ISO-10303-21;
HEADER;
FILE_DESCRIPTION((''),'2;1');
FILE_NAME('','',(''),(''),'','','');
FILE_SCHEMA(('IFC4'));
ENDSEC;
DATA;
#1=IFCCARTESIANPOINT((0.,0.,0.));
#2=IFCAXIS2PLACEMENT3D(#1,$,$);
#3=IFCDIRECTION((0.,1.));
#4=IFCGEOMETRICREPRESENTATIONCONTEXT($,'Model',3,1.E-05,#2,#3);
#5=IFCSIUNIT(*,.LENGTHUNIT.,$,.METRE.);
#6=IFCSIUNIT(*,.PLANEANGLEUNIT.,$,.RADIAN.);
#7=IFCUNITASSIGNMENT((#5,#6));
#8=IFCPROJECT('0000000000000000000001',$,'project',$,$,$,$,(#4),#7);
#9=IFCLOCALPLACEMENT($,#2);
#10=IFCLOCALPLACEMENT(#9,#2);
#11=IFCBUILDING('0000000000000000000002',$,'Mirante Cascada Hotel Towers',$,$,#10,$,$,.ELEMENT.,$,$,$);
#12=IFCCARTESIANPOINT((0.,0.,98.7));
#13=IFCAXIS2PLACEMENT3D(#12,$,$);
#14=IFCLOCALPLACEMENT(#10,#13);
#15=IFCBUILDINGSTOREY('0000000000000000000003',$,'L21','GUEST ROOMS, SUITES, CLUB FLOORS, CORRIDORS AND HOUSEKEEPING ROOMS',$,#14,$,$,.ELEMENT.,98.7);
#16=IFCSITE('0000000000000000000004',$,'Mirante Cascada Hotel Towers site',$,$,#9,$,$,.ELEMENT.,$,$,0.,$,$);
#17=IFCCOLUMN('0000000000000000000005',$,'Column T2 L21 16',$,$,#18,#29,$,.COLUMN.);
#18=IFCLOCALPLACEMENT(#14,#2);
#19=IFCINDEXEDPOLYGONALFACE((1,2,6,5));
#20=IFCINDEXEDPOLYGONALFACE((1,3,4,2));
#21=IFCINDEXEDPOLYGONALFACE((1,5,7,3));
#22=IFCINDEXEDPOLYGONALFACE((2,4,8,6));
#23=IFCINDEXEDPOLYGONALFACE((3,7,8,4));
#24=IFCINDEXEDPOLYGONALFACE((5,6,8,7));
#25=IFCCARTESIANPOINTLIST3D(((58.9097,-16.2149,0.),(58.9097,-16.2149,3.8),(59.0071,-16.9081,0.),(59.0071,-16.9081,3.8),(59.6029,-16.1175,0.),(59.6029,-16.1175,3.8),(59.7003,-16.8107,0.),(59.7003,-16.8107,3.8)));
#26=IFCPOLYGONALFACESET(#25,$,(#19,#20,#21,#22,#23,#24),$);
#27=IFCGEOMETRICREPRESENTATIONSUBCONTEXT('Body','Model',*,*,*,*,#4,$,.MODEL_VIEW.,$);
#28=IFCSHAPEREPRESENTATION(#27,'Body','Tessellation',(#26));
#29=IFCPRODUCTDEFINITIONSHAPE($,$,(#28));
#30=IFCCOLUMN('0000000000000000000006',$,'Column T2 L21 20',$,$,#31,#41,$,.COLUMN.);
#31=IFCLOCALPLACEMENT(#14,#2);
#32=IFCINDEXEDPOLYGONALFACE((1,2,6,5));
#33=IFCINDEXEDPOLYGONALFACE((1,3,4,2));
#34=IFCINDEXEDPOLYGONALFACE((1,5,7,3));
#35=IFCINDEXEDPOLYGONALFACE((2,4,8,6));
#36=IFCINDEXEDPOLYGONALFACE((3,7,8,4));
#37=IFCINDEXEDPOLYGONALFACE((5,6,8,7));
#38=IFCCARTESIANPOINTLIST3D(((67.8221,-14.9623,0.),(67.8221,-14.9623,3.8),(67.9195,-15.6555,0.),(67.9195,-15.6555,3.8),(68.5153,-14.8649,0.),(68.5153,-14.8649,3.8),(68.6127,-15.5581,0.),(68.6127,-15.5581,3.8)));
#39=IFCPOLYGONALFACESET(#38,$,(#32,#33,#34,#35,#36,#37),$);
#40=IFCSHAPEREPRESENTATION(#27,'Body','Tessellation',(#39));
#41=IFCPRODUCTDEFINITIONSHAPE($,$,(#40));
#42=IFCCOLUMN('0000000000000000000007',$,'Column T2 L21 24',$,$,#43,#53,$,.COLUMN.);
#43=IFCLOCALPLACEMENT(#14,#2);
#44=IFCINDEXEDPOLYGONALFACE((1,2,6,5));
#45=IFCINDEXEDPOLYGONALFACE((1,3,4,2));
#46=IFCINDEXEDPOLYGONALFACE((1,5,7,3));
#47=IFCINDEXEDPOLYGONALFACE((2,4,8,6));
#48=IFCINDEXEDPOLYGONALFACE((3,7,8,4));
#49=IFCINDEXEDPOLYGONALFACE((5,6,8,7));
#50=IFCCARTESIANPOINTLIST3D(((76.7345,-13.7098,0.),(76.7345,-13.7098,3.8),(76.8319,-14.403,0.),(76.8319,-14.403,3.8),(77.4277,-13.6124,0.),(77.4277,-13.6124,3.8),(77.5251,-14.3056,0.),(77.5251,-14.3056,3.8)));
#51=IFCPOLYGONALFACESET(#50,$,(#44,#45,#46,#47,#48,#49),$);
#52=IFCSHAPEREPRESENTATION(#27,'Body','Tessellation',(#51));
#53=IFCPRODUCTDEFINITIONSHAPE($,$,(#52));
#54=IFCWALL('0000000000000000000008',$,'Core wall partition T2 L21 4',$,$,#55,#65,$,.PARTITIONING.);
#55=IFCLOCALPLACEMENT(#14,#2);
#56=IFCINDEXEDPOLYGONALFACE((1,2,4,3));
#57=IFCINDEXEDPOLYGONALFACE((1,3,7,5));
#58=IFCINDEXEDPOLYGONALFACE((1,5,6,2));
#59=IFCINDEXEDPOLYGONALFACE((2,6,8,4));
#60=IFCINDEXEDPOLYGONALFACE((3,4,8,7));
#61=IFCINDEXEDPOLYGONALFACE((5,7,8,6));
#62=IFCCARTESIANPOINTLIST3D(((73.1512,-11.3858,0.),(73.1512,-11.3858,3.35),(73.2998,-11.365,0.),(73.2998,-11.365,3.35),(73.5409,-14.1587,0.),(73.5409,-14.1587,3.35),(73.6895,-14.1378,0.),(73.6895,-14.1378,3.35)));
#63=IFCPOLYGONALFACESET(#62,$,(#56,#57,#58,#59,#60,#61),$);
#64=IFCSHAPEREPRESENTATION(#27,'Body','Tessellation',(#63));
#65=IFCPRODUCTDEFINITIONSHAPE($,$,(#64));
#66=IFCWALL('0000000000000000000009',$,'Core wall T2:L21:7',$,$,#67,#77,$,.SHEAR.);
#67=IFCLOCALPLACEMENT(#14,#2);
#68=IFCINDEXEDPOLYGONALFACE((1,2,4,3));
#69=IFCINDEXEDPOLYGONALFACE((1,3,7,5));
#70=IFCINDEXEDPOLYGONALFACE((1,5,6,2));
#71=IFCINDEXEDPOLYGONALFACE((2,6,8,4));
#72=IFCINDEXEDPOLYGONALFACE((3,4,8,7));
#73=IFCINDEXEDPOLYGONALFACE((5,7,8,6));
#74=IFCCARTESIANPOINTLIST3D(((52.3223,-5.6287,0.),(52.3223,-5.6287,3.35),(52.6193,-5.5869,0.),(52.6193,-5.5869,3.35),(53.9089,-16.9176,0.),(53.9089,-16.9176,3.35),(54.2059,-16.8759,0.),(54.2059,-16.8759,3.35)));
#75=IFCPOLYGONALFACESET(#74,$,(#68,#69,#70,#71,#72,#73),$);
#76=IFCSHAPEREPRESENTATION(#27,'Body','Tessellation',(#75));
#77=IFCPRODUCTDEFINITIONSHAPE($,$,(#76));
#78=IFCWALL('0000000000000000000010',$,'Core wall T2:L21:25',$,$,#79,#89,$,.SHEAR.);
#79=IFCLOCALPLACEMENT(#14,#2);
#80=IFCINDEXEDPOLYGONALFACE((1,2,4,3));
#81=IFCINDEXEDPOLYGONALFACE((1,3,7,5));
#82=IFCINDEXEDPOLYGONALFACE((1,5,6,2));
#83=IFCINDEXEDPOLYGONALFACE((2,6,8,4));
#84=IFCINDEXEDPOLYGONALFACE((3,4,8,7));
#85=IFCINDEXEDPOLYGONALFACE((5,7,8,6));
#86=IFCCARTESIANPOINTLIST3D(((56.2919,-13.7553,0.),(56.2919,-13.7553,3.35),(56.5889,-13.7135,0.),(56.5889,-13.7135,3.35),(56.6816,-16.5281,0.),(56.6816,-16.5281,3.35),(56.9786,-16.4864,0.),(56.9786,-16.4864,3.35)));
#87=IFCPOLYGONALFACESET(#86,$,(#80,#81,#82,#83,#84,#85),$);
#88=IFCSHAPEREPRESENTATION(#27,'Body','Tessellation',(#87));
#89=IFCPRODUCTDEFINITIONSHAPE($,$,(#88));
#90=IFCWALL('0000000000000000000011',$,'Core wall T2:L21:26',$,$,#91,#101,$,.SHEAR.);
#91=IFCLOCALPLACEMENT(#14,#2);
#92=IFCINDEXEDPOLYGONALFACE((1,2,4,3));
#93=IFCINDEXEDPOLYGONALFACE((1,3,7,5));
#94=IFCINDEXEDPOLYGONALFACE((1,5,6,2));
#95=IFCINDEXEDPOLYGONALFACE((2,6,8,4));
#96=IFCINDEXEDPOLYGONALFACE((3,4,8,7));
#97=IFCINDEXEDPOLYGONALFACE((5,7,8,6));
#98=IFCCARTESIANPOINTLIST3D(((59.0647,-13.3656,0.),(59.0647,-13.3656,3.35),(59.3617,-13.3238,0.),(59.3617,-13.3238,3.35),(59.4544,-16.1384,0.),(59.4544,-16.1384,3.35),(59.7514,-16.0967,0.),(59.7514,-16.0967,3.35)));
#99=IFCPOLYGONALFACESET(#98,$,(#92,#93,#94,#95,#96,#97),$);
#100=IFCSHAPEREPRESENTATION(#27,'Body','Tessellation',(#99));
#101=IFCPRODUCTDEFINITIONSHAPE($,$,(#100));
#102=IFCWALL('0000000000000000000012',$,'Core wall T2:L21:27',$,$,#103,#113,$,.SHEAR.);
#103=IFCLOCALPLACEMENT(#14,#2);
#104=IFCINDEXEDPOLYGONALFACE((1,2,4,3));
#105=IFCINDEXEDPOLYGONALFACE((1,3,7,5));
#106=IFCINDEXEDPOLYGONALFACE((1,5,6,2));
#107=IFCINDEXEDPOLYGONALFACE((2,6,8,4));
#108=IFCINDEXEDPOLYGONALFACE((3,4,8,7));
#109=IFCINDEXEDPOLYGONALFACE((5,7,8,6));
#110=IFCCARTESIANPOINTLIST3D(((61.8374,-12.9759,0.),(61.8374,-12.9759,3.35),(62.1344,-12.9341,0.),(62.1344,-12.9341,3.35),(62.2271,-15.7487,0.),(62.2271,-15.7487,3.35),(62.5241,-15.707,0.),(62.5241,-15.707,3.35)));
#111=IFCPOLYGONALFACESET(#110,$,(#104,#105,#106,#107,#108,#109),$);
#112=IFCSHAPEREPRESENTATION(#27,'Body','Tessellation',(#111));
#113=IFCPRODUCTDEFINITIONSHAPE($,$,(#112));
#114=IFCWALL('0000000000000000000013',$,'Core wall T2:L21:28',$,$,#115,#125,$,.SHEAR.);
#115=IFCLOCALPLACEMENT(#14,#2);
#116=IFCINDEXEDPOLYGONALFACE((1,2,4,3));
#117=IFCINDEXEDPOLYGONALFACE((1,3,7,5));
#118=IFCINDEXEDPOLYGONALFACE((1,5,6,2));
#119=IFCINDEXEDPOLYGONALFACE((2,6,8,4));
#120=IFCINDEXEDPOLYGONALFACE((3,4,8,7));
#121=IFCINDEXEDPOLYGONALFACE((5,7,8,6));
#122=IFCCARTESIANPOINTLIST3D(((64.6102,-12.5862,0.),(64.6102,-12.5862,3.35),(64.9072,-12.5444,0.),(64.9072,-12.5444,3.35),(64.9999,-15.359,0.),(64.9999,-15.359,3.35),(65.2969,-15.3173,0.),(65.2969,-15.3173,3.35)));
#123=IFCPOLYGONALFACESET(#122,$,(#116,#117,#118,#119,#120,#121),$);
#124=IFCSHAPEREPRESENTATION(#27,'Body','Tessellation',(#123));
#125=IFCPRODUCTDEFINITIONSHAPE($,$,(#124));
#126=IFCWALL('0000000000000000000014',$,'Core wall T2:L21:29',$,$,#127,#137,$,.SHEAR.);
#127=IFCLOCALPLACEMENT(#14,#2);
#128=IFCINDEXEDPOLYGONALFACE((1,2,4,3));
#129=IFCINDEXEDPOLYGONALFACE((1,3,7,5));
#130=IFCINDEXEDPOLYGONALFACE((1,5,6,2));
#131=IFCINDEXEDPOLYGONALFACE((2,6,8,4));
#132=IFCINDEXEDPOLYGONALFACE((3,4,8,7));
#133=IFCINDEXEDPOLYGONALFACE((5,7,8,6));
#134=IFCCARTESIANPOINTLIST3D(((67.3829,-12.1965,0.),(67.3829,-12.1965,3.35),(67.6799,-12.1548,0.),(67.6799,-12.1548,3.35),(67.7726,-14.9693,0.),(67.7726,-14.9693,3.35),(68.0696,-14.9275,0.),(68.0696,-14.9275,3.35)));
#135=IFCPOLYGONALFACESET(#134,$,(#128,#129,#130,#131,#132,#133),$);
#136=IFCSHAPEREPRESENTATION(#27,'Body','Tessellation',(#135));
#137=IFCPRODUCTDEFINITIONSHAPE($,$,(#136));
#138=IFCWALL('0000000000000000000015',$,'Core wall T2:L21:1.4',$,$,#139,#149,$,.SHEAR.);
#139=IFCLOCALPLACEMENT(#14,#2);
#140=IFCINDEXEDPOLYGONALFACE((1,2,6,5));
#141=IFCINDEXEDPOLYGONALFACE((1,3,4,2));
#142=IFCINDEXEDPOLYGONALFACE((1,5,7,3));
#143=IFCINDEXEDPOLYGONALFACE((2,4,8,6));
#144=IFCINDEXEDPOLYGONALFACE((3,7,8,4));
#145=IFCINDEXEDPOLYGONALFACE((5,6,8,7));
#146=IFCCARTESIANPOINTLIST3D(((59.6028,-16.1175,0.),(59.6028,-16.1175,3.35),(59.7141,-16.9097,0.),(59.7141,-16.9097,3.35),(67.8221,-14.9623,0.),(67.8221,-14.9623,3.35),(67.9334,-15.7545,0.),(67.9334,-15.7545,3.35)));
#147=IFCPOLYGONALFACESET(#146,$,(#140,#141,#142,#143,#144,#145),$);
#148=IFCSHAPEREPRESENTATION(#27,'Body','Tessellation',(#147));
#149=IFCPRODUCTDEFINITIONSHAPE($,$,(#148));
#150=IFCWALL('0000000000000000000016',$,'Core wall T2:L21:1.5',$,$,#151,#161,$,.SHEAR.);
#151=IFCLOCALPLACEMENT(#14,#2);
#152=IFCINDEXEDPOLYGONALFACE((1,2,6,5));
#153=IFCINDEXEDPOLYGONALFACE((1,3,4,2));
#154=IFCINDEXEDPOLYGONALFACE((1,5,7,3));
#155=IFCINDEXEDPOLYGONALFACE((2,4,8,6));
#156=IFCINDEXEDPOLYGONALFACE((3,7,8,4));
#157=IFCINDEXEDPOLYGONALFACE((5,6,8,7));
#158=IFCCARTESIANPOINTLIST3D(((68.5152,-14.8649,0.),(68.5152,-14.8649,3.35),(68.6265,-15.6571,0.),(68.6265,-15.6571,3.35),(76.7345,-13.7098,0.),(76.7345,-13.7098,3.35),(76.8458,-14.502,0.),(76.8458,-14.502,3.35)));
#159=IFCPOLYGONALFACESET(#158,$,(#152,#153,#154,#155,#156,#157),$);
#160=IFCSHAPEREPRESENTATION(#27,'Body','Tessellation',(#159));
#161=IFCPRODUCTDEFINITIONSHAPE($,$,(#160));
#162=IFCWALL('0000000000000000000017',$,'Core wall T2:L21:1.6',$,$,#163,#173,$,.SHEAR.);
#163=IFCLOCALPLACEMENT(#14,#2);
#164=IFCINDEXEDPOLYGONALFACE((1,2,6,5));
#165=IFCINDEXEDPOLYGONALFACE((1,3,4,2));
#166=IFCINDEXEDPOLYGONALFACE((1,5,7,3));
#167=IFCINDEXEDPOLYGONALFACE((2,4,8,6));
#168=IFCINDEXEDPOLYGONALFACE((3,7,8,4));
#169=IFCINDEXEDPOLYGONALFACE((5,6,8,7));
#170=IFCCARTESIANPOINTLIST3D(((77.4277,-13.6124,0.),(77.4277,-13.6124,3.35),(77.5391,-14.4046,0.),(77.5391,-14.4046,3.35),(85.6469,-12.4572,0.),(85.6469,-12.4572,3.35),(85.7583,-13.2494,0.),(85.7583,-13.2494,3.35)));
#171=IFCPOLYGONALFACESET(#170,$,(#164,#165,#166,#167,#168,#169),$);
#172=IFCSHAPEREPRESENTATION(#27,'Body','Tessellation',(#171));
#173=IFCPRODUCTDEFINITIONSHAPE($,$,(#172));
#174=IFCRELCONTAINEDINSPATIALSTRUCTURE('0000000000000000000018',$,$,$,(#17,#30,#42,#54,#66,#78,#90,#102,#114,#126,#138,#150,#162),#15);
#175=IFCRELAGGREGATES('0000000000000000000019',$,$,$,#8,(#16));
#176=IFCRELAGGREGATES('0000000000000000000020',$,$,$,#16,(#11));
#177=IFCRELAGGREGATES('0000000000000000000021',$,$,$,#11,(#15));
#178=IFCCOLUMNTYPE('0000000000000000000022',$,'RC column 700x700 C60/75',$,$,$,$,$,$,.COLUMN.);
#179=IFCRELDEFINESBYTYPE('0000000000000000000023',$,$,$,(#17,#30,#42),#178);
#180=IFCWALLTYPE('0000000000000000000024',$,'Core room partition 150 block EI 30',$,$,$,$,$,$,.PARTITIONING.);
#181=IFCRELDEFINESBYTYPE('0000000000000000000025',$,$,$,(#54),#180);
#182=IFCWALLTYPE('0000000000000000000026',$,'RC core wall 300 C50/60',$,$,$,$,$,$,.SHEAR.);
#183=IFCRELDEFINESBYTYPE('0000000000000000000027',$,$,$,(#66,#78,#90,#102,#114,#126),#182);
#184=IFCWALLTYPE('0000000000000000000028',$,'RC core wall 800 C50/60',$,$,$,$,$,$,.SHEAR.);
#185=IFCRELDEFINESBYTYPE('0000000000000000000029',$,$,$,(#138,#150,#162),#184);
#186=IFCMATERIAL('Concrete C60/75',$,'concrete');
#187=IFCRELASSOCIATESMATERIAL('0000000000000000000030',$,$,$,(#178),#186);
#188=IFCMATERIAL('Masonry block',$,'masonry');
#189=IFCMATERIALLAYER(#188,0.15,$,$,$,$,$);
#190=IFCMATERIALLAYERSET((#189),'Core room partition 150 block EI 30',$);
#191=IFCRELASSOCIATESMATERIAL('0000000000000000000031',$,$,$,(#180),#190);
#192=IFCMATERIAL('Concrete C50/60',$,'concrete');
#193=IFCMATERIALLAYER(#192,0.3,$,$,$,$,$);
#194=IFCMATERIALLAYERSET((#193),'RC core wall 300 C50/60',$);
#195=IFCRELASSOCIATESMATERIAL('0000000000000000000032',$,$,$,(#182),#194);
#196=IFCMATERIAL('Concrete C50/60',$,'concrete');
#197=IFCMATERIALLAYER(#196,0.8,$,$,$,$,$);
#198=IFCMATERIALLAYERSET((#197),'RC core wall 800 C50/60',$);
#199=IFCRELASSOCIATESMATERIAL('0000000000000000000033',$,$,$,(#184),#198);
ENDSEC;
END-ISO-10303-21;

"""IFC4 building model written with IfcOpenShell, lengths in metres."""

from ifc_helpers import new_model, si_unit, direction, frame, frame_2d, origin, origin_2d, place, context, subcontext, project, spatial, rectangle, extrude, material, layer, layer_set, material_profile, profile_set, type_object, element, save


model = new_model("IFC4")

# Units and contexts
model_context = context("Model", 3, precision=1e-05, world=origin(), true_north=direction((0.0, 1.0)))
body_context = subcontext(model_context, "Body", "Model", "MODEL_VIEW")
ifc_project = project(units=[si_unit("LENGTHUNIT", "METRE"), si_unit("PLANEANGLEUNIT", "RADIAN")], contexts=[model_context])

# Site, building, storey
site_placement = place(None, origin())
site = spatial("IfcSite", under=ifc_project, at=site_placement, Name="Mirante Cascada Hotel Towers site", CompositionType="ELEMENT", RefElevation=0.0)
building_placement = place(site_placement, origin())
building = spatial("IfcBuilding", under=site, at=building_placement, Name="Mirante Cascada Hotel Towers", CompositionType="ELEMENT")
storey_placement = place(building_placement, frame((0.0, 0.0, 98.7)))
storey = spatial("IfcBuildingStorey", under=building, at=storey_placement, Name="L21", Description="GUEST ROOMS, SUITES, CLUB FLOORS, CORRIDORS AND HOUSEKEEPING ROOMS", CompositionType="ELEMENT", Elevation=98.7)

# Columns
ifc_material_1 = material(Name="Concrete C60/75", Category="concrete")
ifc_material_profile = material_profile(ifc_material_1, rectangle(XDim=0.7, YDim=0.7, at=origin_2d()), Name="RC column 700x700 C60/75")
ifc_profile_set = profile_set([ifc_material_profile], Name="Concrete C60/75")
column_type = type_object("IfcColumnType", Name="RC column 700x700 C60/75", PredefinedType="COLUMN", material=ifc_profile_set)
for number, where, z_axis, x_axis, name in (
    (1, (59.305, -16.5128, 0.0), (0.0, 0.0, 1.0), (0.990268, 0.139173, 0.0), "Column T2 L21 16"),
    (2, (68.2174, -15.2602, 0.0), (0.0, 0.0, 1.0), (0.990268, 0.139173, 0.0), "Column T2 L21 20"),
    (3, (77.1298, -14.0077, 0.0), (0.0, 0.0, 1.0), (0.990268, 0.139173, 0.0), "Column T2 L21 24"),
):
    element("IfcColumn", number, at=place(storey_placement, frame(where, z_axis=z_axis, x_axis=x_axis)), inside=storey, type_object=column_type, Name=name, PredefinedType="COLUMN", context=body_context, shape_type="SweptSolid", body=[
        extrude(rectangle(XDim=0.7, YDim=0.7, at=origin_2d()), origin(), (0.0, 0.0, 1.0), 3.8),
    ])

# Walls
ifc_material_2 = material(Name="Masonry block", Category="masonry")
ifc_layer_1 = layer(ifc_material_2, 0.15)
ifc_layer_set_1 = layer_set([ifc_layer_1], Name="Core room partition 150 block EI 30")
wall_type_1 = type_object("IfcWallType", Name="Core room partition 150 block EI 30", PredefinedType="PARTITIONING", material=ifc_layer_set_1)
wall_1_placement = place(storey_placement, frame((73.6152, -14.1482, 0.0), z_axis=(0.0, 0.0, 1.0), x_axis=(-0.139176, 0.990268, 0.0)))
element("IfcWall", 4, at=wall_1_placement, inside=storey, type_object=wall_type_1, Name="Core wall partition T2 L21 4", PredefinedType="PARTITIONING", context=body_context, shape_type="SweptSolid", body=[
    extrude(rectangle(XDim=2.8001, YDim=0.15, at=frame_2d((1.4, 0.0))), origin(), (0.0, 0.0, 1.0), 3.35),
])
ifc_material_3 = material(Name="Concrete C50/60", Category="concrete")
ifc_layer_2 = layer(ifc_material_3, 0.3)
ifc_layer_set_2 = layer_set([ifc_layer_2], Name="RC core wall 300 C50/60")
wall_type_2 = type_object("IfcWallType", Name="RC core wall 300 C50/60", PredefinedType="SHEAR", material=ifc_layer_set_2)
wall_2_placement = place(storey_placement, frame((54.0574, -16.8968, 0.0), z_axis=(0.0, 0.0, 1.0), x_axis=(-0.139176, 0.990268, 0.0)))
element("IfcWall", 5, at=wall_2_placement, inside=storey, type_object=wall_type_2, Name="Core wall T2:L21:7", PredefinedType="SHEAR", context=body_context, shape_type="SweptSolid", body=[
    extrude(rectangle(XDim=11.3999, YDim=0.3, at=frame_2d((5.7, 0.0))), origin(), (0.0, 0.0, 1.0), 3.35),
])

# Walls
for number, where, z_axis, x_axis, name in (
    (6, (56.8301, -16.5072, 0.0), (0.0, 0.0, 1.0), (-0.139176, 0.990268, 0.0), "Core wall T2:L21:25"),
    (7, (59.6029, -16.1175, 0.0), (0.0, 0.0, 1.0), (-0.139176, 0.990268, 0.0), "Core wall T2:L21:26"),
    (8, (62.3756, -15.7278, 0.0), (0.0, 0.0, 1.0), (-0.139176, 0.990268, 0.0), "Core wall T2:L21:27"),
    (9, (65.1484, -15.3381, 0.0), (0.0, 0.0, 1.0), (-0.139176, 0.990268, 0.0), "Core wall T2:L21:28"),
):
    element("IfcWall", number, at=place(storey_placement, frame(where, z_axis=z_axis, x_axis=x_axis)), inside=storey, type_object=wall_type_2, Name=name, PredefinedType="SHEAR", context=body_context, shape_type="SweptSolid", body=[
        extrude(rectangle(XDim=2.8001, YDim=0.3, at=frame_2d((1.4, 0.0))), origin(), (0.0, 0.0, 1.0), 3.35),
    ])
wall_3_placement = place(storey_placement, frame((67.9211, -14.9484, 0.0), z_axis=(0.0, 0.0, 1.0), x_axis=(-0.139181, 0.990267, 0.0)))
element("IfcWall", 10, at=wall_3_placement, inside=storey, type_object=wall_type_2, Name="Core wall T2:L21:29", PredefinedType="SHEAR", context=body_context, shape_type="SweptSolid", body=[
    extrude(rectangle(XDim=2.8, YDim=0.3, at=frame_2d((1.4, 0.0))), origin(), (0.0, 0.0, 1.0), 3.35),
])
ifc_material_4 = material(Name="Concrete C50/60", Category="concrete")
ifc_layer_3 = layer(ifc_material_4, 0.8)
ifc_layer_set_3 = layer_set([ifc_layer_3], Name="RC core wall 800 C50/60")
wall_type_3 = type_object("IfcWallType", Name="RC core wall 800 C50/60", PredefinedType="SHEAR", material=ifc_layer_set_3)
for number, where, z_axis, x_axis, name in (
    (11, (59.6585, -16.5136, 0.0), (0.0, 0.0, 1.0), (0.990267, 0.139179, 0.0), "Core wall T2:L21:1.4"),
    (12, (68.5709, -15.261, 0.0), (0.0, 0.0, 1.0), (0.990269, 0.139167, 0.0), "Core wall T2:L21:1.5"),
):
    element("IfcWall", number, at=place(storey_placement, frame(where, z_axis=z_axis, x_axis=x_axis)), inside=storey, type_object=wall_type_3, Name=name, PredefinedType="SHEAR", context=body_context, shape_type="SweptSolid", body=[
        extrude(rectangle(XDim=8.3001, YDim=0.8, at=frame_2d((4.15, 0.0))), origin(), (0.0, 0.0, 1.0), 3.35),
    ])
wall_4_placement = place(storey_placement, frame((77.4834, -14.0085, 0.0), z_axis=(0.0, 0.0, 1.0), x_axis=(0.990267, 0.139181, 0.0)))
element("IfcWall", 13, at=wall_4_placement, inside=storey, type_object=wall_type_3, Name="Core wall T2:L21:1.6", PredefinedType="SHEAR", context=body_context, shape_type="SweptSolid", body=[
    extrude(rectangle(XDim=8.3, YDim=0.8, at=frame_2d((4.15, 0.0))), origin(), (0.0, 0.0, 1.0), 3.35),
])

save(model, "model.ifc")
